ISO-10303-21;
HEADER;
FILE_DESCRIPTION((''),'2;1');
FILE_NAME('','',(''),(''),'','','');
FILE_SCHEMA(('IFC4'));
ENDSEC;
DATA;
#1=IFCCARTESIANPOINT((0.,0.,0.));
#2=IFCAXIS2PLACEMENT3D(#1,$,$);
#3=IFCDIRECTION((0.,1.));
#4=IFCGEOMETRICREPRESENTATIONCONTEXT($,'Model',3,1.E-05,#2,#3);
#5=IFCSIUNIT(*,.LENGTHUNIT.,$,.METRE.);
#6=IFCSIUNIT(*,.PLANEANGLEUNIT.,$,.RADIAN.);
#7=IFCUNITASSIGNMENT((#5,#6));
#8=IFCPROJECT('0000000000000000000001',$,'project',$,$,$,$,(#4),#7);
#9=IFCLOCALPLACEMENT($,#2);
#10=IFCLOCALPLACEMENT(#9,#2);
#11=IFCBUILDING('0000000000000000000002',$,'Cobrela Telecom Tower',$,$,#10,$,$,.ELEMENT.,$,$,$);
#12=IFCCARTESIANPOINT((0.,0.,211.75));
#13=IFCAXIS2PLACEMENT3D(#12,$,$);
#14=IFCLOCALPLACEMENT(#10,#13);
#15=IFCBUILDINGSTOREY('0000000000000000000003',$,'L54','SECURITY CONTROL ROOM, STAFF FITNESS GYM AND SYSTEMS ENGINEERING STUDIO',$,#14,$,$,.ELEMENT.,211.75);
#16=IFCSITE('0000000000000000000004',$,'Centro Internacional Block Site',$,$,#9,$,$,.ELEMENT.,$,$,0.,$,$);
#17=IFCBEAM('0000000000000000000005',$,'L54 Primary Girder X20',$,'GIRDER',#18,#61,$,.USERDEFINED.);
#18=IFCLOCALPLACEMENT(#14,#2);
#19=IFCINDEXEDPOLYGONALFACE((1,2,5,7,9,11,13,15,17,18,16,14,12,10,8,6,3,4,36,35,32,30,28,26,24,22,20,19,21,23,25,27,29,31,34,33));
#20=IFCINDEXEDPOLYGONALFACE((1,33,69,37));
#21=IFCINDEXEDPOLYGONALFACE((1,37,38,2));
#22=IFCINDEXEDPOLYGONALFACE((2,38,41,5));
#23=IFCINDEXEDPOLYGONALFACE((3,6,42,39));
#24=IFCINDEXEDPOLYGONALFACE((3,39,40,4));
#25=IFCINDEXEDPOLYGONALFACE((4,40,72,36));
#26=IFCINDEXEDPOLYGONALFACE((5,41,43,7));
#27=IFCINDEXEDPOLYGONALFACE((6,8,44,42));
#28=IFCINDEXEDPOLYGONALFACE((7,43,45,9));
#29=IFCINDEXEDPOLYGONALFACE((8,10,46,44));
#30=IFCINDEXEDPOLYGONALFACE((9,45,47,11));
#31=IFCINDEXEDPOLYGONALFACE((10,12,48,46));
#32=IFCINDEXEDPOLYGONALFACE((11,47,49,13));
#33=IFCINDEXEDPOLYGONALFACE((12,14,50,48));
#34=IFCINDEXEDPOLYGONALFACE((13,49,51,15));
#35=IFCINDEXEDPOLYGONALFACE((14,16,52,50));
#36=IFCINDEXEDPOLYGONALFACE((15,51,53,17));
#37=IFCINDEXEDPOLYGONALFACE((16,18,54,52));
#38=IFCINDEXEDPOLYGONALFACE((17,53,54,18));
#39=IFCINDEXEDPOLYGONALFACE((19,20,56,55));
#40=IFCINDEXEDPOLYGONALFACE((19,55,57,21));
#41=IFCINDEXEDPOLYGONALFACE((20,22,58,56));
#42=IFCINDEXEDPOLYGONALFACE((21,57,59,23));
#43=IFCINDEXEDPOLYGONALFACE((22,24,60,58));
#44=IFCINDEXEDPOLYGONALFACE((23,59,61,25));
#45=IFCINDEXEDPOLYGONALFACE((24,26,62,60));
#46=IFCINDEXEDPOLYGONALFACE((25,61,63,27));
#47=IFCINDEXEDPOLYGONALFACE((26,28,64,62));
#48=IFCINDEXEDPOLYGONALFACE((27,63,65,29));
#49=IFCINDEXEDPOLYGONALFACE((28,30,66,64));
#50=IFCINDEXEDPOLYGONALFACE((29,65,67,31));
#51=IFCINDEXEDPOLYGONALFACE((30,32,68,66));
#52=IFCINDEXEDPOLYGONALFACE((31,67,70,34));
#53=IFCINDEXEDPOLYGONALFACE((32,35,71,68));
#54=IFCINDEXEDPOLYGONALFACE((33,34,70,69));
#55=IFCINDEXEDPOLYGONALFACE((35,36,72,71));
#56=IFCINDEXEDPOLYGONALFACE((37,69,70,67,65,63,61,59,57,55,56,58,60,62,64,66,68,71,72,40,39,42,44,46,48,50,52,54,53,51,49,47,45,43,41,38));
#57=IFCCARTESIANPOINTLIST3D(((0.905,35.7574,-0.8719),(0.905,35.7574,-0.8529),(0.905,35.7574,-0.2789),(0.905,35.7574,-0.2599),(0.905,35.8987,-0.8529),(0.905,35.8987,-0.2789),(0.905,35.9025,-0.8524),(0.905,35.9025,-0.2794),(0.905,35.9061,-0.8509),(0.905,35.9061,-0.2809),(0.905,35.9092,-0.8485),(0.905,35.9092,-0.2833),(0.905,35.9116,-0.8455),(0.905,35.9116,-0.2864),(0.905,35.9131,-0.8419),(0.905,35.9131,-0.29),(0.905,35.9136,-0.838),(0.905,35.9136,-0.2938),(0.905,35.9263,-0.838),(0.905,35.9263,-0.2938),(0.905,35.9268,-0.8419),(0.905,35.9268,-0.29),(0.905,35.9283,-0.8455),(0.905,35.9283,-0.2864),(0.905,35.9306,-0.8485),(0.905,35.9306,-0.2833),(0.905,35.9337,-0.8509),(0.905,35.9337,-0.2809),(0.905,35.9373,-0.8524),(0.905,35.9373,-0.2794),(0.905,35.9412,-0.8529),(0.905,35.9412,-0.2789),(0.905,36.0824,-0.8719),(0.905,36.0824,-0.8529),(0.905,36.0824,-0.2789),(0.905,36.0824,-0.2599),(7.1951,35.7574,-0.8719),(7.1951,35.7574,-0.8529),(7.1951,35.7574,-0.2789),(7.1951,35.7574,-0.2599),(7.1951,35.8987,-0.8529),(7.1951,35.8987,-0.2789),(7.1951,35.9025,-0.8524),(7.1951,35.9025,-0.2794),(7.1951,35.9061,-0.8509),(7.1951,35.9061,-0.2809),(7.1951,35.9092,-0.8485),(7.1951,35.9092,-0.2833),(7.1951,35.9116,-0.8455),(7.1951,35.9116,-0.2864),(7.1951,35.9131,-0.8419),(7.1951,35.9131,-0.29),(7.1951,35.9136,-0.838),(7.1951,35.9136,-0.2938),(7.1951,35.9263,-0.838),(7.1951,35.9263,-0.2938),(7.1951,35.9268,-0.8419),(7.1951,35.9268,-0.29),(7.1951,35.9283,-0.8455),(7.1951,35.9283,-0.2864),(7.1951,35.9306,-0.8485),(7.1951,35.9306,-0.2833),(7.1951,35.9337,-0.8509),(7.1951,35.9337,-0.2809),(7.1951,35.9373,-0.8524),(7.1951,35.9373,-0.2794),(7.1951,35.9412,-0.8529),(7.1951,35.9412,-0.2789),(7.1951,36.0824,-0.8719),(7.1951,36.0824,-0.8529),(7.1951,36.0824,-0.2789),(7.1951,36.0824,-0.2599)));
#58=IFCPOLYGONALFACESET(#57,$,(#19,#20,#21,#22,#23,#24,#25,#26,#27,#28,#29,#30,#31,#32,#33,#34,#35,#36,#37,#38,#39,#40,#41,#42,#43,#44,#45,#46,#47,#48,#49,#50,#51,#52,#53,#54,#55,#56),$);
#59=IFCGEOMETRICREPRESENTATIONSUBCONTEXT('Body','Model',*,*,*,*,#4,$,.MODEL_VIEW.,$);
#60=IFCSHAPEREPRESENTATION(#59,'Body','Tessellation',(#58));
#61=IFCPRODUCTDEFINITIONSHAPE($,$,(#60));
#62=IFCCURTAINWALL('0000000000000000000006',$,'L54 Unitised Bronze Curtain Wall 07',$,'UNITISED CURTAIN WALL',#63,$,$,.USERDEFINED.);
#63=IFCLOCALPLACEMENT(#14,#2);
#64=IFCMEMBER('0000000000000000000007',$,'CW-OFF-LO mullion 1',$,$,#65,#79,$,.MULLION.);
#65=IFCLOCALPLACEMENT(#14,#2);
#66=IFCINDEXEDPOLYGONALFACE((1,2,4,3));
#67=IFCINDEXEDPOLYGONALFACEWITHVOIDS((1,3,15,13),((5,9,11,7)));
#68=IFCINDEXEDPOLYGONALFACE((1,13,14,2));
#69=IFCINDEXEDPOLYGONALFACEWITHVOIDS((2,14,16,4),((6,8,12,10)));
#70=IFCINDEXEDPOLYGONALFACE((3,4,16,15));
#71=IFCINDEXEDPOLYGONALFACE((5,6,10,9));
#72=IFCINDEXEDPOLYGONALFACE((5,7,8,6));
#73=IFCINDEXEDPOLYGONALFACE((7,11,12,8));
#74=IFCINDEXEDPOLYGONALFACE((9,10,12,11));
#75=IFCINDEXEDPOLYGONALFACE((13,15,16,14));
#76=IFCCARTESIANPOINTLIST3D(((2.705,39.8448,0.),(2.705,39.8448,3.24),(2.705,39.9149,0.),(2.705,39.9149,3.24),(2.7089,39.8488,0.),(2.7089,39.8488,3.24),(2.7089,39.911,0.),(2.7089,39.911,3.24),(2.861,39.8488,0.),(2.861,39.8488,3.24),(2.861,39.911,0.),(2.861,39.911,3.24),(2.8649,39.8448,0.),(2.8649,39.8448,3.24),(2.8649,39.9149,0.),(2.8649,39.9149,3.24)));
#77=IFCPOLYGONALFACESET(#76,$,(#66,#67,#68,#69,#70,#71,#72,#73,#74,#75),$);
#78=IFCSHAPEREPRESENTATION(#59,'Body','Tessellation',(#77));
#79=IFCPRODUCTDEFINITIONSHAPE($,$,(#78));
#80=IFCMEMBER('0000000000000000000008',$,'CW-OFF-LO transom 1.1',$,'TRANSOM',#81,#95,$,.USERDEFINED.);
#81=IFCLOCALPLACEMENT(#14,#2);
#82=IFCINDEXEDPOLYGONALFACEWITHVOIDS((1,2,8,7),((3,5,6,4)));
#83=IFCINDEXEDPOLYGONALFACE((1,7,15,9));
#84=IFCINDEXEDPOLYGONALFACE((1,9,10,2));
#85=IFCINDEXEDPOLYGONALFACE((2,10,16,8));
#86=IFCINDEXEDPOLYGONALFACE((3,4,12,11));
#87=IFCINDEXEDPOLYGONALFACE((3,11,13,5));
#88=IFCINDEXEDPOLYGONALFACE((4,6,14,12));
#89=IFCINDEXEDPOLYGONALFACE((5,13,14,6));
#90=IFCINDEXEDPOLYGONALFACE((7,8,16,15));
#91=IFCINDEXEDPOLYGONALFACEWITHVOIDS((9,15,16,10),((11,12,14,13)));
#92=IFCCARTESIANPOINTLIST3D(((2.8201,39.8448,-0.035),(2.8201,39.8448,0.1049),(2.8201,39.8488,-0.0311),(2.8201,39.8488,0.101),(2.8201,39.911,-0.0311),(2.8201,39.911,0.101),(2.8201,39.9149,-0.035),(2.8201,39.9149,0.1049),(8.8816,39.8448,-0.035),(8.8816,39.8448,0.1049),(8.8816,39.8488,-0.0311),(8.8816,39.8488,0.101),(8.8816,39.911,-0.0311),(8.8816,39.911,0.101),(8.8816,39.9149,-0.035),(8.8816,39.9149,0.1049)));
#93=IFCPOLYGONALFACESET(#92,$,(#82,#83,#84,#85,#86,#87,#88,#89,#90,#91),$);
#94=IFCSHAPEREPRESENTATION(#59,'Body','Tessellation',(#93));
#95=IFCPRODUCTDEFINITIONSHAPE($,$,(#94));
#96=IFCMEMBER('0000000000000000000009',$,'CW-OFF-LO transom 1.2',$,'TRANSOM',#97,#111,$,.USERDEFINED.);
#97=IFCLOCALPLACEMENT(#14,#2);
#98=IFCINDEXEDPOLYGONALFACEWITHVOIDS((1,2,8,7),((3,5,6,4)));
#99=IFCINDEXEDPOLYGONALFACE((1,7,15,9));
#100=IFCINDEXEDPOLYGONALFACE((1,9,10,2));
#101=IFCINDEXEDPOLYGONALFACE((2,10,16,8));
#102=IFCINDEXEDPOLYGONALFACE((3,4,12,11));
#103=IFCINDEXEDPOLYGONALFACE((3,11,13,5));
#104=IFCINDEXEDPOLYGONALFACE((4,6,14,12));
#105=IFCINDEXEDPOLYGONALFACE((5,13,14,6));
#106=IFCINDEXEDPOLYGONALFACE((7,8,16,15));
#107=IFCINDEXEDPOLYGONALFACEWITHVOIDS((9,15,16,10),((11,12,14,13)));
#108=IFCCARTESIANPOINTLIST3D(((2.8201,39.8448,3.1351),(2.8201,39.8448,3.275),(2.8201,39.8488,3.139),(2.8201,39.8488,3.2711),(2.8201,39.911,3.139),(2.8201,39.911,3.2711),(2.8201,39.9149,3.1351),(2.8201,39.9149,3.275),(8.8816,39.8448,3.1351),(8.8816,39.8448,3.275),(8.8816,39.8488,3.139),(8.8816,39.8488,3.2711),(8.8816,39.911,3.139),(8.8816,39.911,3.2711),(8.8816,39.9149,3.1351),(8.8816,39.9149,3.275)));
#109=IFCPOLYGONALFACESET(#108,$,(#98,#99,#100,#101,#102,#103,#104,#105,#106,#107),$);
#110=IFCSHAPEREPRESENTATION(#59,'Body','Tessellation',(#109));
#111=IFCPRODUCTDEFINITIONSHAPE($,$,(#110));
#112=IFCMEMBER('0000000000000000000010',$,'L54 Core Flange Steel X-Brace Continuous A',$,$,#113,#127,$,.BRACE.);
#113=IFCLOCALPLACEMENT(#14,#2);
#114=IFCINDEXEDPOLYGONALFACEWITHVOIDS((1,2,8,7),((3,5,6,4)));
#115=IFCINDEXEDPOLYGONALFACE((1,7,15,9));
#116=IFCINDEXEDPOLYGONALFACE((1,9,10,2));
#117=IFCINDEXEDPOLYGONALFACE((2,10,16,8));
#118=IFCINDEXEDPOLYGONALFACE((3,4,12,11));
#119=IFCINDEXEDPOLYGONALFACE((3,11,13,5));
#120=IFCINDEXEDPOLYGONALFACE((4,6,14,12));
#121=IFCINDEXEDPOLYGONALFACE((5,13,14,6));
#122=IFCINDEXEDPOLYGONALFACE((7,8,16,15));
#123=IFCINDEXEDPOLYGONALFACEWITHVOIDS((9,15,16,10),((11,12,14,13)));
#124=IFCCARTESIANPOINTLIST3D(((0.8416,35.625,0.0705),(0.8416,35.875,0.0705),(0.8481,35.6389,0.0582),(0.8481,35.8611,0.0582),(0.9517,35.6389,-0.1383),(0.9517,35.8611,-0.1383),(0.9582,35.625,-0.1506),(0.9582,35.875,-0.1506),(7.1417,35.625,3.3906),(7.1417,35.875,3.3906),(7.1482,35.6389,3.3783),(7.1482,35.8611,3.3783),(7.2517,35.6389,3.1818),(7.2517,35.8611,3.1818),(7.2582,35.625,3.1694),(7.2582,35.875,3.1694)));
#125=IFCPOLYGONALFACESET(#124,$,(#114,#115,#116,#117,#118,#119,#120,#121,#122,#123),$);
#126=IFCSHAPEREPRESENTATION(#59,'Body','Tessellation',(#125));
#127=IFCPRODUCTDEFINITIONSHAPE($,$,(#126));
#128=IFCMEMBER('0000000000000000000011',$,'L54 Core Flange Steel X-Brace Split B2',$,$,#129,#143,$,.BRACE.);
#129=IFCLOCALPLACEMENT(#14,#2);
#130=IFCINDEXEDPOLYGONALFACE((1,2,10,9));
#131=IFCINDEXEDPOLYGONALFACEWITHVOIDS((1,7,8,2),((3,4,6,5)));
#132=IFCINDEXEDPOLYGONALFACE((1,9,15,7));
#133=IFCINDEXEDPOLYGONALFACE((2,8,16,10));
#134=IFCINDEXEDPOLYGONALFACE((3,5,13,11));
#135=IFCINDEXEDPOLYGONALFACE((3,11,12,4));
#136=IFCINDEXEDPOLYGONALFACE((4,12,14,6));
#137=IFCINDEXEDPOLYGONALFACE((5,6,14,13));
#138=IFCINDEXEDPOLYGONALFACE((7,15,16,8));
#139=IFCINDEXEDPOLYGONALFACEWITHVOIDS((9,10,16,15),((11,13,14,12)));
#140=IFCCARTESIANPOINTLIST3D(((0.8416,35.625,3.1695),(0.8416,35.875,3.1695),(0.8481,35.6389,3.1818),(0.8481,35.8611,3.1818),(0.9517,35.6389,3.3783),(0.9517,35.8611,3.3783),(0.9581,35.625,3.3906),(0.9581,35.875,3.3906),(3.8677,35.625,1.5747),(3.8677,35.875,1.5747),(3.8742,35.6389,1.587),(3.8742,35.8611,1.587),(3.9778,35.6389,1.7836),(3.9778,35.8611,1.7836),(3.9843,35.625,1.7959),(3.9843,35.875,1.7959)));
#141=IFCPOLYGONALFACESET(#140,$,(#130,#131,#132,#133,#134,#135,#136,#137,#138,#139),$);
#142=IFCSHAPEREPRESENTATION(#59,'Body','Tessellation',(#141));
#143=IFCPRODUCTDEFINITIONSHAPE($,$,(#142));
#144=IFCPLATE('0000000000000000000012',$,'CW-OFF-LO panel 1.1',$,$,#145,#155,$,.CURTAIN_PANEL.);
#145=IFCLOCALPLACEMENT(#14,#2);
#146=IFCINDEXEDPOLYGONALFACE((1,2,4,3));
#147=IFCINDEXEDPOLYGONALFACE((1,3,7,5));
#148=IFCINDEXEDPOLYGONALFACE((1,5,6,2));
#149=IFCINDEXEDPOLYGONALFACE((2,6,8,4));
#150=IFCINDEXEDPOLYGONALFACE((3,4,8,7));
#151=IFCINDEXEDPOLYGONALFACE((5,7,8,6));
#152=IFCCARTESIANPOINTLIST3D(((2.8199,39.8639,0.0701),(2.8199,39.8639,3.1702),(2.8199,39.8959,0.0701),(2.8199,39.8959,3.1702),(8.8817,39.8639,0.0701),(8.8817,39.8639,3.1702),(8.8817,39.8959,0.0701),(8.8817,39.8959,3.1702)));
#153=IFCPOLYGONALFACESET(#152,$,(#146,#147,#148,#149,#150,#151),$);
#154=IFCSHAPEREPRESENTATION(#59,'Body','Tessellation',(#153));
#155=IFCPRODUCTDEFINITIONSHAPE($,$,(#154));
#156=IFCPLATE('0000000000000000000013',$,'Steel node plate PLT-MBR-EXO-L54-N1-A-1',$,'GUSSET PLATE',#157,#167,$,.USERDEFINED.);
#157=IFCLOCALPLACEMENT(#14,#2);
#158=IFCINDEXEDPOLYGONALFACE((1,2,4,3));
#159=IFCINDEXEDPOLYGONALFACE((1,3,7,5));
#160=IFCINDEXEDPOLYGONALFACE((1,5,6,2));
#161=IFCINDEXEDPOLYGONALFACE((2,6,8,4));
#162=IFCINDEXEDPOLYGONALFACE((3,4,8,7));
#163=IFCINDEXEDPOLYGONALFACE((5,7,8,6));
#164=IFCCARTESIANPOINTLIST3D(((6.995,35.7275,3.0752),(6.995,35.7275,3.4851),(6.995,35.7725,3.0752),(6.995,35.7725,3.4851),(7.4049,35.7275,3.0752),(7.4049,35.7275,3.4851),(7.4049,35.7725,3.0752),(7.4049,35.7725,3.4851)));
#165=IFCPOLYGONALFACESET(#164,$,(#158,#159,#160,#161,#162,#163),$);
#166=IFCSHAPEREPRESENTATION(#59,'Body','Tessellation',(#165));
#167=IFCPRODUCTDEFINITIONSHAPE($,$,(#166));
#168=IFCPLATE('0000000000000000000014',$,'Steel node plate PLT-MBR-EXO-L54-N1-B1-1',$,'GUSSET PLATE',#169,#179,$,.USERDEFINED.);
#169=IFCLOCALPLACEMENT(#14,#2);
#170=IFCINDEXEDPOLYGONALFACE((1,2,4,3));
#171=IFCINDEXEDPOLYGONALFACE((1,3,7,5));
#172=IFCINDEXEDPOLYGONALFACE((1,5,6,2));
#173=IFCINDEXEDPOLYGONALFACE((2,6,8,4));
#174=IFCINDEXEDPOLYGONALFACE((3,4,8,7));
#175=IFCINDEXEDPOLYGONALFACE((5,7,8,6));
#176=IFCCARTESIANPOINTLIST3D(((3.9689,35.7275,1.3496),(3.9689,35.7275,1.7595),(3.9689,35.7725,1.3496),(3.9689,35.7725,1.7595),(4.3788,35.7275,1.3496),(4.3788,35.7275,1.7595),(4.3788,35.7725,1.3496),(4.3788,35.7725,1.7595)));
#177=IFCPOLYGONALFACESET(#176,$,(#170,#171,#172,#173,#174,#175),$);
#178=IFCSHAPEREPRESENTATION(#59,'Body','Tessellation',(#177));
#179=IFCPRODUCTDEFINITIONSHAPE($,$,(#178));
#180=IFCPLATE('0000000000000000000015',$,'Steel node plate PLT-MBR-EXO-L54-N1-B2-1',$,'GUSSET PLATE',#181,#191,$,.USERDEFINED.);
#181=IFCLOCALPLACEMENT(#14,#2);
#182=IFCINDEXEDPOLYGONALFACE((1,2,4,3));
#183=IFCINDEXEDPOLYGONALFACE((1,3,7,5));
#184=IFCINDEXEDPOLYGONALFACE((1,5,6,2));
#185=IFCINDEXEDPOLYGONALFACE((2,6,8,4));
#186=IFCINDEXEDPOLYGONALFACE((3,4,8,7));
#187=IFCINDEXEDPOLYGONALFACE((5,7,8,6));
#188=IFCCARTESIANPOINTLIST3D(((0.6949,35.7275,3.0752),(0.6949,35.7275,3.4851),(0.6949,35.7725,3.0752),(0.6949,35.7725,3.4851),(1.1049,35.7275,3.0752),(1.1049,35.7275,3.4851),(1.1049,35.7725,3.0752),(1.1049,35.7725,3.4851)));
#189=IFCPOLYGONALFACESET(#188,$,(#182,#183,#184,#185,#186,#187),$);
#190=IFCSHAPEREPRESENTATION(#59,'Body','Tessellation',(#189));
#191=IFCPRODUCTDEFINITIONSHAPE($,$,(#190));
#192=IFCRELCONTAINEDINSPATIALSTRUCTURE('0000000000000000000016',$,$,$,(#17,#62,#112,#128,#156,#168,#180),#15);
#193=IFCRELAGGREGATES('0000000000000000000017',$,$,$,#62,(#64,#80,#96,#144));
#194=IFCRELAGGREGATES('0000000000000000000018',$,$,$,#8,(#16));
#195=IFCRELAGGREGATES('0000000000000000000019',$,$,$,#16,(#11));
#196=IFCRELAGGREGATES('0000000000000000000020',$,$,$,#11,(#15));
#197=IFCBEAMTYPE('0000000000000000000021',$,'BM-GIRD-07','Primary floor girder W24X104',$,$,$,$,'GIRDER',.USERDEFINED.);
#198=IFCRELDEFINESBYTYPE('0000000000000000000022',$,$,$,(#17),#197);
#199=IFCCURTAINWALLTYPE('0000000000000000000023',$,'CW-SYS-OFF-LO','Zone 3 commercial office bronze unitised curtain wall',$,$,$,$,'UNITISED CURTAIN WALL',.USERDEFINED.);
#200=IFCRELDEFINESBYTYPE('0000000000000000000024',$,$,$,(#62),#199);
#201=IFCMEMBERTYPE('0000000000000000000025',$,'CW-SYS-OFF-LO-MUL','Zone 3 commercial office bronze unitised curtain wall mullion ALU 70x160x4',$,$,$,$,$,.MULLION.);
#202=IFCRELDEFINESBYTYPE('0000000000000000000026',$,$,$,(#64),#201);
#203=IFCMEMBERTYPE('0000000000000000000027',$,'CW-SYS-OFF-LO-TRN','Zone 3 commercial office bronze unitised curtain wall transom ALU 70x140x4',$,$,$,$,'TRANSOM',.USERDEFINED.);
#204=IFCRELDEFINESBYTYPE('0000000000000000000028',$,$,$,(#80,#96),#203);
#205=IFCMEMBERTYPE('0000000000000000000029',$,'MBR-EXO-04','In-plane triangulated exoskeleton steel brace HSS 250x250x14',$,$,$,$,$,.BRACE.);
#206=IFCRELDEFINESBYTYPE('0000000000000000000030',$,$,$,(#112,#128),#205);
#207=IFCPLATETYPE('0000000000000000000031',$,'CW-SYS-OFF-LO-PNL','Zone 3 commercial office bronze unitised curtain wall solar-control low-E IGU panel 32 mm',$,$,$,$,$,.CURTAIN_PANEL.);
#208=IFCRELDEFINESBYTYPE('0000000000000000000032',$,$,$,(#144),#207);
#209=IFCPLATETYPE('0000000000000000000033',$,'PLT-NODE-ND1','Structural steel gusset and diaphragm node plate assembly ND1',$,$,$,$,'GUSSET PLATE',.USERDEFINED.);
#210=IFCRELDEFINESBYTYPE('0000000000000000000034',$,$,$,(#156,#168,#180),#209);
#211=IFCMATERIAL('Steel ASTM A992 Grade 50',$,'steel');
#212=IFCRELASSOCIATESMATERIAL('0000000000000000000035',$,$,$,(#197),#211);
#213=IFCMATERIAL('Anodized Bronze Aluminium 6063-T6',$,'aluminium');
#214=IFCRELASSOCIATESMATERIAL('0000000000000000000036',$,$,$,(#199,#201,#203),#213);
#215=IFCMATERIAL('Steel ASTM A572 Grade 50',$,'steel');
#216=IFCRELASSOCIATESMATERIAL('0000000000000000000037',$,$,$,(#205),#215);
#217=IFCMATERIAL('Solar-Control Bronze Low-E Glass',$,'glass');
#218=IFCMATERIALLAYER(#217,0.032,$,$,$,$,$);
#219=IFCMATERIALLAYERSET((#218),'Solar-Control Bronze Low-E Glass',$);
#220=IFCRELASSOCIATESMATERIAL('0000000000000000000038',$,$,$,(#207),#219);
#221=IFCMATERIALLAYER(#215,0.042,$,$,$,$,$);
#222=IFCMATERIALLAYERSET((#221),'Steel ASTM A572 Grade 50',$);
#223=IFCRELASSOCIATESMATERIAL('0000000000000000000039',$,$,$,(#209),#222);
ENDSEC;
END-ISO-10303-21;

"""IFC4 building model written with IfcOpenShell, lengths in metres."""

from ifc_helpers import new_model, si_unit, direction, frame, origin, origin_2d, place, context, subcontext, project, spatial, rectangle, hollow_rectangle, i_section, extrude, material, layer, layer_set, material_profile, profile_set, type_object, element, aggregate, save


model = new_model("IFC4")

# Units and contexts
model_context = context("Model", 3, precision=1e-05, world=origin(), true_north=direction((0.0, 1.0)))
body_context = subcontext(model_context, "Body", "Model", "MODEL_VIEW")
ifc_project = project(units=[si_unit("LENGTHUNIT", "METRE"), si_unit("PLANEANGLEUNIT", "RADIAN")], contexts=[model_context])

# Site, building, storey
site_placement = place(None, origin())
site = spatial("IfcSite", under=ifc_project, at=site_placement, Name="Centro Internacional Block Site", CompositionType="ELEMENT", RefElevation=0.0)
building_placement = place(site_placement, origin())
building = spatial("IfcBuilding", under=site, at=building_placement, Name="Cobrela Telecom Tower", CompositionType="ELEMENT")
storey_placement = place(building_placement, frame((0.0, 0.0, 211.75)))
storey = spatial("IfcBuildingStorey", under=building, at=storey_placement, Name="L54", Description="SECURITY CONTROL ROOM, STAFF FITNESS GYM AND SYSTEMS ENGINEERING STUDIO", CompositionType="ELEMENT", Elevation=211.75)

# Beam
ifc_material_1 = material(Name="Steel ASTM A992 Grade 50", Category="steel")
ifc_material_profile_1 = material_profile(ifc_material_1, i_section(OverallWidth=0.325, OverallDepth=0.6121, WebThickness=0.0127, FlangeThickness=0.019, FilletRadius=0.0149, at=origin_2d()), Name="W24X104")
ifc_profile_set_1 = profile_set([ifc_material_profile_1], Name="Steel ASTM A992 Grade 50")
beam_type = type_object("IfcBeamType", Name="BM-GIRD-07", Description="Primary floor girder W24X104", ElementType="GIRDER", PredefinedType="USERDEFINED", material=ifc_profile_set_1)
beam_placement = place(storey_placement, frame((0.905, 35.9199, -0.5659), z_axis=(1.0, 0.0, 0.0), x_axis=(0.0, 1.0, 0.0)))
element("IfcBeam", 1, at=beam_placement, inside=storey, type_object=beam_type, Name="L54 Primary Girder X20", ObjectType="GIRDER", PredefinedType="USERDEFINED", context=body_context, shape_type="SweptSolid", body=[
    extrude(i_section(OverallWidth=0.325, OverallDepth=0.6121, WebThickness=0.0127, FlangeThickness=0.019, FilletRadius=0.0149, at=origin_2d()), origin(), (0.0, 0.0, 1.0), 6.29),
])

# Curtain wall, members
ifc_material_2 = material(Name="Anodized Bronze Aluminium 6063-T6", Category="aluminium")
curtain_wall_type = type_object("IfcCurtainWallType", Name="CW-SYS-OFF-LO", Description="Zone 3 commercial office bronze unitised curtain wall", ElementType="UNITISED CURTAIN WALL", PredefinedType="USERDEFINED", material=ifc_material_2)
curtain_wall_placement = place(storey_placement, origin())
curtain_wall = element("IfcCurtainWall", 2, at=curtain_wall_placement, inside=storey, type_object=curtain_wall_type, Name="L54 Unitised Bronze Curtain Wall 07", ObjectType="UNITISED CURTAIN WALL", PredefinedType="USERDEFINED")
ifc_material_profile_2 = material_profile(ifc_material_2, hollow_rectangle(XDim=0.0701, YDim=0.1599, WallThickness=0.0039, at=origin_2d()), Name="ALU 70x160x4")
ifc_profile_set_2 = profile_set([ifc_material_profile_2], Name="Anodized Bronze Aluminium 6063-T6")
member_type_1 = type_object("IfcMemberType", Name="CW-SYS-OFF-LO-MUL", Description="Zone 3 commercial office bronze unitised curtain wall mullion ALU 70x160x4", PredefinedType="MULLION", material=ifc_profile_set_2)
member_1_placement = place(storey_placement, frame((2.7849, 39.8799, 0.0), z_axis=(0.0, 0.0, 1.0), x_axis=(0.0, 1.0, 0.0)))
member_1 = element("IfcMember", 3, at=member_1_placement, type_object=member_type_1, Name="CW-OFF-LO mullion 1", PredefinedType="MULLION", context=body_context, shape_type="SweptSolid", body=[
    extrude(hollow_rectangle(XDim=0.0701, YDim=0.1599, WallThickness=0.0039, at=origin_2d()), origin(), (0.0, 0.0, 1.0), 3.24),
])
ifc_material_profile_3 = material_profile(ifc_material_2, hollow_rectangle(XDim=0.0701, YDim=0.1399, WallThickness=0.0039, at=origin_2d()), Name="ALU 70x140x4")
ifc_profile_set_3 = profile_set([ifc_material_profile_3], Name="Anodized Bronze Aluminium 6063-T6")
member_type_2 = type_object("IfcMemberType", Name="CW-SYS-OFF-LO-TRN", Description="Zone 3 commercial office bronze unitised curtain wall transom ALU 70x140x4", ElementType="TRANSOM", PredefinedType="USERDEFINED", material=ifc_profile_set_3)
member_2_placement = place(storey_placement, frame((2.8201, 39.8799, 0.0349), z_axis=(1.0, 0.0, 0.0), x_axis=(0.0, 1.0, 0.0)))
member_2 = element("IfcMember", 4, at=member_2_placement, type_object=member_type_2, Name="CW-OFF-LO transom 1.1", ObjectType="TRANSOM", PredefinedType="USERDEFINED", context=body_context, shape_type="SweptSolid", body=[
    extrude(hollow_rectangle(XDim=0.0701, YDim=0.1399, WallThickness=0.0039, at=origin_2d()), origin(), (0.0, 0.0, 1.0), 6.0615),
])
member_3_placement = place(storey_placement, frame((2.8201, 39.8799, 3.2051), z_axis=(1.0, 0.0, 0.0), x_axis=(0.0, 1.0, 0.0)))
member_3 = element("IfcMember", 5, at=member_3_placement, type_object=member_type_2, Name="CW-OFF-LO transom 1.2", ObjectType="TRANSOM", PredefinedType="USERDEFINED", context=body_context, shape_type="SweptSolid", body=[
    extrude(hollow_rectangle(XDim=0.0701, YDim=0.1399, WallThickness=0.0039, at=origin_2d()), origin(), (0.0, 0.0, 1.0), 6.0615),
])

# Members
ifc_material_3 = material(Name="Steel ASTM A572 Grade 50", Category="steel")
ifc_material_profile_4 = material_profile(ifc_material_3, hollow_rectangle(XDim=0.25, YDim=0.25, WallThickness=0.0139, at=origin_2d()), Name="HSS 250x250x14")
ifc_profile_set_4 = profile_set([ifc_material_profile_4], Name="Steel ASTM A572 Grade 50")
member_type_3 = type_object("IfcMemberType", Name="MBR-EXO-04", Description="In-plane triangulated exoskeleton steel brace HSS 250x250x14", PredefinedType="BRACE", material=ifc_profile_set_4)
member_4_placement = place(storey_placement, frame((0.8999, 35.75, -0.04), z_axis=(0.884672, 0.0, 0.466214), x_axis=(0.0, 1.0, 0.0)))
element("IfcMember", 6, at=member_4_placement, inside=storey, type_object=member_type_3, Name="L54 Core Flange Steel X-Brace Continuous A", PredefinedType="BRACE", context=body_context, shape_type="SweptSolid", body=[
    extrude(hollow_rectangle(XDim=0.25, YDim=0.25, WallThickness=0.0139, at=origin_2d()), origin(), (0.0, 0.0, 1.0), 7.1213),
])
member_5_placement = place(storey_placement, frame((3.926, 35.75, 1.6853), z_axis=(-0.884673, 0.0, 0.466211), x_axis=(0.0, -1.0, 0.0)))
element("IfcMember", 7, at=member_5_placement, inside=storey, type_object=member_type_3, Name="L54 Core Flange Steel X-Brace Split B2", PredefinedType="BRACE", context=body_context, shape_type="SweptSolid", body=[
    extrude(hollow_rectangle(XDim=0.25, YDim=0.25, WallThickness=0.0139, at=origin_2d()), origin(), (0.0, 0.0, 1.0), 3.4207),
])

# Plate
ifc_material_4 = material(Name="Solar-Control Bronze Low-E Glass", Category="glass")
ifc_layer_1 = layer(ifc_material_4, 0.032)
ifc_layer_set_1 = layer_set([ifc_layer_1], Name="Solar-Control Bronze Low-E Glass")
plate_type_1 = type_object("IfcPlateType", Name="CW-SYS-OFF-LO-PNL", Description="Zone 3 commercial office bronze unitised curtain wall solar-control low-E IGU panel 32 mm", PredefinedType="CURTAIN_PANEL", material=ifc_layer_set_1)
plate_1_placement = place(storey_placement, frame((5.8508, 39.8799, 0.0701), z_axis=(0.0, 0.0, 1.0), x_axis=(1.0, 0.0, 0.0)))
plate_1 = element("IfcPlate", 8, at=plate_1_placement, type_object=plate_type_1, Name="CW-OFF-LO panel 1.1", PredefinedType="CURTAIN_PANEL", context=body_context, shape_type="SweptSolid", body=[
    extrude(rectangle(XDim=6.0618, YDim=0.032, at=origin_2d()), origin(), (0.0, 0.0, 1.0), 3.1001),
])
aggregate(curtain_wall, [member_1, member_2, member_3, plate_1])

# Plates
ifc_layer_2 = layer(ifc_material_3, 0.042)
ifc_layer_set_2 = layer_set([ifc_layer_2], Name="Steel ASTM A572 Grade 50")
plate_type_2 = type_object("IfcPlateType", Name="PLT-NODE-ND1", Description="Structural steel gusset and diaphragm node plate assembly ND1", ElementType="GUSSET PLATE", PredefinedType="USERDEFINED", material=ifc_layer_set_2)
for number, where, z_axis, x_axis, name in (
    (9, (7.2, 35.75, 3.0752), (0.0, 0.0, 1.0), (1.0, 0.0, 0.0), "Steel node plate PLT-MBR-EXO-L54-N1-A-1"),
    (10, (4.1738, 35.75, 1.3496), (0.0, 0.0, 1.0), (-1.0, 0.0, 0.0), "Steel node plate PLT-MBR-EXO-L54-N1-B1-1"),
    (11, (0.8999, 35.75, 3.0752), (0.0, 0.0, 1.0), (-1.0, 0.0, 0.0), "Steel node plate PLT-MBR-EXO-L54-N1-B2-1"),
):
    element("IfcPlate", number, at=place(storey_placement, frame(where, z_axis=z_axis, x_axis=x_axis)), inside=storey, type_object=plate_type_2, Name=name, ObjectType="GUSSET PLATE", PredefinedType="USERDEFINED", context=body_context, shape_type="SweptSolid", body=[
        extrude(rectangle(XDim=0.4099, YDim=0.0449, at=origin_2d()), origin(), (0.0, 0.0, 1.0), 0.4099),
    ])

save(model, "model.ifc")
